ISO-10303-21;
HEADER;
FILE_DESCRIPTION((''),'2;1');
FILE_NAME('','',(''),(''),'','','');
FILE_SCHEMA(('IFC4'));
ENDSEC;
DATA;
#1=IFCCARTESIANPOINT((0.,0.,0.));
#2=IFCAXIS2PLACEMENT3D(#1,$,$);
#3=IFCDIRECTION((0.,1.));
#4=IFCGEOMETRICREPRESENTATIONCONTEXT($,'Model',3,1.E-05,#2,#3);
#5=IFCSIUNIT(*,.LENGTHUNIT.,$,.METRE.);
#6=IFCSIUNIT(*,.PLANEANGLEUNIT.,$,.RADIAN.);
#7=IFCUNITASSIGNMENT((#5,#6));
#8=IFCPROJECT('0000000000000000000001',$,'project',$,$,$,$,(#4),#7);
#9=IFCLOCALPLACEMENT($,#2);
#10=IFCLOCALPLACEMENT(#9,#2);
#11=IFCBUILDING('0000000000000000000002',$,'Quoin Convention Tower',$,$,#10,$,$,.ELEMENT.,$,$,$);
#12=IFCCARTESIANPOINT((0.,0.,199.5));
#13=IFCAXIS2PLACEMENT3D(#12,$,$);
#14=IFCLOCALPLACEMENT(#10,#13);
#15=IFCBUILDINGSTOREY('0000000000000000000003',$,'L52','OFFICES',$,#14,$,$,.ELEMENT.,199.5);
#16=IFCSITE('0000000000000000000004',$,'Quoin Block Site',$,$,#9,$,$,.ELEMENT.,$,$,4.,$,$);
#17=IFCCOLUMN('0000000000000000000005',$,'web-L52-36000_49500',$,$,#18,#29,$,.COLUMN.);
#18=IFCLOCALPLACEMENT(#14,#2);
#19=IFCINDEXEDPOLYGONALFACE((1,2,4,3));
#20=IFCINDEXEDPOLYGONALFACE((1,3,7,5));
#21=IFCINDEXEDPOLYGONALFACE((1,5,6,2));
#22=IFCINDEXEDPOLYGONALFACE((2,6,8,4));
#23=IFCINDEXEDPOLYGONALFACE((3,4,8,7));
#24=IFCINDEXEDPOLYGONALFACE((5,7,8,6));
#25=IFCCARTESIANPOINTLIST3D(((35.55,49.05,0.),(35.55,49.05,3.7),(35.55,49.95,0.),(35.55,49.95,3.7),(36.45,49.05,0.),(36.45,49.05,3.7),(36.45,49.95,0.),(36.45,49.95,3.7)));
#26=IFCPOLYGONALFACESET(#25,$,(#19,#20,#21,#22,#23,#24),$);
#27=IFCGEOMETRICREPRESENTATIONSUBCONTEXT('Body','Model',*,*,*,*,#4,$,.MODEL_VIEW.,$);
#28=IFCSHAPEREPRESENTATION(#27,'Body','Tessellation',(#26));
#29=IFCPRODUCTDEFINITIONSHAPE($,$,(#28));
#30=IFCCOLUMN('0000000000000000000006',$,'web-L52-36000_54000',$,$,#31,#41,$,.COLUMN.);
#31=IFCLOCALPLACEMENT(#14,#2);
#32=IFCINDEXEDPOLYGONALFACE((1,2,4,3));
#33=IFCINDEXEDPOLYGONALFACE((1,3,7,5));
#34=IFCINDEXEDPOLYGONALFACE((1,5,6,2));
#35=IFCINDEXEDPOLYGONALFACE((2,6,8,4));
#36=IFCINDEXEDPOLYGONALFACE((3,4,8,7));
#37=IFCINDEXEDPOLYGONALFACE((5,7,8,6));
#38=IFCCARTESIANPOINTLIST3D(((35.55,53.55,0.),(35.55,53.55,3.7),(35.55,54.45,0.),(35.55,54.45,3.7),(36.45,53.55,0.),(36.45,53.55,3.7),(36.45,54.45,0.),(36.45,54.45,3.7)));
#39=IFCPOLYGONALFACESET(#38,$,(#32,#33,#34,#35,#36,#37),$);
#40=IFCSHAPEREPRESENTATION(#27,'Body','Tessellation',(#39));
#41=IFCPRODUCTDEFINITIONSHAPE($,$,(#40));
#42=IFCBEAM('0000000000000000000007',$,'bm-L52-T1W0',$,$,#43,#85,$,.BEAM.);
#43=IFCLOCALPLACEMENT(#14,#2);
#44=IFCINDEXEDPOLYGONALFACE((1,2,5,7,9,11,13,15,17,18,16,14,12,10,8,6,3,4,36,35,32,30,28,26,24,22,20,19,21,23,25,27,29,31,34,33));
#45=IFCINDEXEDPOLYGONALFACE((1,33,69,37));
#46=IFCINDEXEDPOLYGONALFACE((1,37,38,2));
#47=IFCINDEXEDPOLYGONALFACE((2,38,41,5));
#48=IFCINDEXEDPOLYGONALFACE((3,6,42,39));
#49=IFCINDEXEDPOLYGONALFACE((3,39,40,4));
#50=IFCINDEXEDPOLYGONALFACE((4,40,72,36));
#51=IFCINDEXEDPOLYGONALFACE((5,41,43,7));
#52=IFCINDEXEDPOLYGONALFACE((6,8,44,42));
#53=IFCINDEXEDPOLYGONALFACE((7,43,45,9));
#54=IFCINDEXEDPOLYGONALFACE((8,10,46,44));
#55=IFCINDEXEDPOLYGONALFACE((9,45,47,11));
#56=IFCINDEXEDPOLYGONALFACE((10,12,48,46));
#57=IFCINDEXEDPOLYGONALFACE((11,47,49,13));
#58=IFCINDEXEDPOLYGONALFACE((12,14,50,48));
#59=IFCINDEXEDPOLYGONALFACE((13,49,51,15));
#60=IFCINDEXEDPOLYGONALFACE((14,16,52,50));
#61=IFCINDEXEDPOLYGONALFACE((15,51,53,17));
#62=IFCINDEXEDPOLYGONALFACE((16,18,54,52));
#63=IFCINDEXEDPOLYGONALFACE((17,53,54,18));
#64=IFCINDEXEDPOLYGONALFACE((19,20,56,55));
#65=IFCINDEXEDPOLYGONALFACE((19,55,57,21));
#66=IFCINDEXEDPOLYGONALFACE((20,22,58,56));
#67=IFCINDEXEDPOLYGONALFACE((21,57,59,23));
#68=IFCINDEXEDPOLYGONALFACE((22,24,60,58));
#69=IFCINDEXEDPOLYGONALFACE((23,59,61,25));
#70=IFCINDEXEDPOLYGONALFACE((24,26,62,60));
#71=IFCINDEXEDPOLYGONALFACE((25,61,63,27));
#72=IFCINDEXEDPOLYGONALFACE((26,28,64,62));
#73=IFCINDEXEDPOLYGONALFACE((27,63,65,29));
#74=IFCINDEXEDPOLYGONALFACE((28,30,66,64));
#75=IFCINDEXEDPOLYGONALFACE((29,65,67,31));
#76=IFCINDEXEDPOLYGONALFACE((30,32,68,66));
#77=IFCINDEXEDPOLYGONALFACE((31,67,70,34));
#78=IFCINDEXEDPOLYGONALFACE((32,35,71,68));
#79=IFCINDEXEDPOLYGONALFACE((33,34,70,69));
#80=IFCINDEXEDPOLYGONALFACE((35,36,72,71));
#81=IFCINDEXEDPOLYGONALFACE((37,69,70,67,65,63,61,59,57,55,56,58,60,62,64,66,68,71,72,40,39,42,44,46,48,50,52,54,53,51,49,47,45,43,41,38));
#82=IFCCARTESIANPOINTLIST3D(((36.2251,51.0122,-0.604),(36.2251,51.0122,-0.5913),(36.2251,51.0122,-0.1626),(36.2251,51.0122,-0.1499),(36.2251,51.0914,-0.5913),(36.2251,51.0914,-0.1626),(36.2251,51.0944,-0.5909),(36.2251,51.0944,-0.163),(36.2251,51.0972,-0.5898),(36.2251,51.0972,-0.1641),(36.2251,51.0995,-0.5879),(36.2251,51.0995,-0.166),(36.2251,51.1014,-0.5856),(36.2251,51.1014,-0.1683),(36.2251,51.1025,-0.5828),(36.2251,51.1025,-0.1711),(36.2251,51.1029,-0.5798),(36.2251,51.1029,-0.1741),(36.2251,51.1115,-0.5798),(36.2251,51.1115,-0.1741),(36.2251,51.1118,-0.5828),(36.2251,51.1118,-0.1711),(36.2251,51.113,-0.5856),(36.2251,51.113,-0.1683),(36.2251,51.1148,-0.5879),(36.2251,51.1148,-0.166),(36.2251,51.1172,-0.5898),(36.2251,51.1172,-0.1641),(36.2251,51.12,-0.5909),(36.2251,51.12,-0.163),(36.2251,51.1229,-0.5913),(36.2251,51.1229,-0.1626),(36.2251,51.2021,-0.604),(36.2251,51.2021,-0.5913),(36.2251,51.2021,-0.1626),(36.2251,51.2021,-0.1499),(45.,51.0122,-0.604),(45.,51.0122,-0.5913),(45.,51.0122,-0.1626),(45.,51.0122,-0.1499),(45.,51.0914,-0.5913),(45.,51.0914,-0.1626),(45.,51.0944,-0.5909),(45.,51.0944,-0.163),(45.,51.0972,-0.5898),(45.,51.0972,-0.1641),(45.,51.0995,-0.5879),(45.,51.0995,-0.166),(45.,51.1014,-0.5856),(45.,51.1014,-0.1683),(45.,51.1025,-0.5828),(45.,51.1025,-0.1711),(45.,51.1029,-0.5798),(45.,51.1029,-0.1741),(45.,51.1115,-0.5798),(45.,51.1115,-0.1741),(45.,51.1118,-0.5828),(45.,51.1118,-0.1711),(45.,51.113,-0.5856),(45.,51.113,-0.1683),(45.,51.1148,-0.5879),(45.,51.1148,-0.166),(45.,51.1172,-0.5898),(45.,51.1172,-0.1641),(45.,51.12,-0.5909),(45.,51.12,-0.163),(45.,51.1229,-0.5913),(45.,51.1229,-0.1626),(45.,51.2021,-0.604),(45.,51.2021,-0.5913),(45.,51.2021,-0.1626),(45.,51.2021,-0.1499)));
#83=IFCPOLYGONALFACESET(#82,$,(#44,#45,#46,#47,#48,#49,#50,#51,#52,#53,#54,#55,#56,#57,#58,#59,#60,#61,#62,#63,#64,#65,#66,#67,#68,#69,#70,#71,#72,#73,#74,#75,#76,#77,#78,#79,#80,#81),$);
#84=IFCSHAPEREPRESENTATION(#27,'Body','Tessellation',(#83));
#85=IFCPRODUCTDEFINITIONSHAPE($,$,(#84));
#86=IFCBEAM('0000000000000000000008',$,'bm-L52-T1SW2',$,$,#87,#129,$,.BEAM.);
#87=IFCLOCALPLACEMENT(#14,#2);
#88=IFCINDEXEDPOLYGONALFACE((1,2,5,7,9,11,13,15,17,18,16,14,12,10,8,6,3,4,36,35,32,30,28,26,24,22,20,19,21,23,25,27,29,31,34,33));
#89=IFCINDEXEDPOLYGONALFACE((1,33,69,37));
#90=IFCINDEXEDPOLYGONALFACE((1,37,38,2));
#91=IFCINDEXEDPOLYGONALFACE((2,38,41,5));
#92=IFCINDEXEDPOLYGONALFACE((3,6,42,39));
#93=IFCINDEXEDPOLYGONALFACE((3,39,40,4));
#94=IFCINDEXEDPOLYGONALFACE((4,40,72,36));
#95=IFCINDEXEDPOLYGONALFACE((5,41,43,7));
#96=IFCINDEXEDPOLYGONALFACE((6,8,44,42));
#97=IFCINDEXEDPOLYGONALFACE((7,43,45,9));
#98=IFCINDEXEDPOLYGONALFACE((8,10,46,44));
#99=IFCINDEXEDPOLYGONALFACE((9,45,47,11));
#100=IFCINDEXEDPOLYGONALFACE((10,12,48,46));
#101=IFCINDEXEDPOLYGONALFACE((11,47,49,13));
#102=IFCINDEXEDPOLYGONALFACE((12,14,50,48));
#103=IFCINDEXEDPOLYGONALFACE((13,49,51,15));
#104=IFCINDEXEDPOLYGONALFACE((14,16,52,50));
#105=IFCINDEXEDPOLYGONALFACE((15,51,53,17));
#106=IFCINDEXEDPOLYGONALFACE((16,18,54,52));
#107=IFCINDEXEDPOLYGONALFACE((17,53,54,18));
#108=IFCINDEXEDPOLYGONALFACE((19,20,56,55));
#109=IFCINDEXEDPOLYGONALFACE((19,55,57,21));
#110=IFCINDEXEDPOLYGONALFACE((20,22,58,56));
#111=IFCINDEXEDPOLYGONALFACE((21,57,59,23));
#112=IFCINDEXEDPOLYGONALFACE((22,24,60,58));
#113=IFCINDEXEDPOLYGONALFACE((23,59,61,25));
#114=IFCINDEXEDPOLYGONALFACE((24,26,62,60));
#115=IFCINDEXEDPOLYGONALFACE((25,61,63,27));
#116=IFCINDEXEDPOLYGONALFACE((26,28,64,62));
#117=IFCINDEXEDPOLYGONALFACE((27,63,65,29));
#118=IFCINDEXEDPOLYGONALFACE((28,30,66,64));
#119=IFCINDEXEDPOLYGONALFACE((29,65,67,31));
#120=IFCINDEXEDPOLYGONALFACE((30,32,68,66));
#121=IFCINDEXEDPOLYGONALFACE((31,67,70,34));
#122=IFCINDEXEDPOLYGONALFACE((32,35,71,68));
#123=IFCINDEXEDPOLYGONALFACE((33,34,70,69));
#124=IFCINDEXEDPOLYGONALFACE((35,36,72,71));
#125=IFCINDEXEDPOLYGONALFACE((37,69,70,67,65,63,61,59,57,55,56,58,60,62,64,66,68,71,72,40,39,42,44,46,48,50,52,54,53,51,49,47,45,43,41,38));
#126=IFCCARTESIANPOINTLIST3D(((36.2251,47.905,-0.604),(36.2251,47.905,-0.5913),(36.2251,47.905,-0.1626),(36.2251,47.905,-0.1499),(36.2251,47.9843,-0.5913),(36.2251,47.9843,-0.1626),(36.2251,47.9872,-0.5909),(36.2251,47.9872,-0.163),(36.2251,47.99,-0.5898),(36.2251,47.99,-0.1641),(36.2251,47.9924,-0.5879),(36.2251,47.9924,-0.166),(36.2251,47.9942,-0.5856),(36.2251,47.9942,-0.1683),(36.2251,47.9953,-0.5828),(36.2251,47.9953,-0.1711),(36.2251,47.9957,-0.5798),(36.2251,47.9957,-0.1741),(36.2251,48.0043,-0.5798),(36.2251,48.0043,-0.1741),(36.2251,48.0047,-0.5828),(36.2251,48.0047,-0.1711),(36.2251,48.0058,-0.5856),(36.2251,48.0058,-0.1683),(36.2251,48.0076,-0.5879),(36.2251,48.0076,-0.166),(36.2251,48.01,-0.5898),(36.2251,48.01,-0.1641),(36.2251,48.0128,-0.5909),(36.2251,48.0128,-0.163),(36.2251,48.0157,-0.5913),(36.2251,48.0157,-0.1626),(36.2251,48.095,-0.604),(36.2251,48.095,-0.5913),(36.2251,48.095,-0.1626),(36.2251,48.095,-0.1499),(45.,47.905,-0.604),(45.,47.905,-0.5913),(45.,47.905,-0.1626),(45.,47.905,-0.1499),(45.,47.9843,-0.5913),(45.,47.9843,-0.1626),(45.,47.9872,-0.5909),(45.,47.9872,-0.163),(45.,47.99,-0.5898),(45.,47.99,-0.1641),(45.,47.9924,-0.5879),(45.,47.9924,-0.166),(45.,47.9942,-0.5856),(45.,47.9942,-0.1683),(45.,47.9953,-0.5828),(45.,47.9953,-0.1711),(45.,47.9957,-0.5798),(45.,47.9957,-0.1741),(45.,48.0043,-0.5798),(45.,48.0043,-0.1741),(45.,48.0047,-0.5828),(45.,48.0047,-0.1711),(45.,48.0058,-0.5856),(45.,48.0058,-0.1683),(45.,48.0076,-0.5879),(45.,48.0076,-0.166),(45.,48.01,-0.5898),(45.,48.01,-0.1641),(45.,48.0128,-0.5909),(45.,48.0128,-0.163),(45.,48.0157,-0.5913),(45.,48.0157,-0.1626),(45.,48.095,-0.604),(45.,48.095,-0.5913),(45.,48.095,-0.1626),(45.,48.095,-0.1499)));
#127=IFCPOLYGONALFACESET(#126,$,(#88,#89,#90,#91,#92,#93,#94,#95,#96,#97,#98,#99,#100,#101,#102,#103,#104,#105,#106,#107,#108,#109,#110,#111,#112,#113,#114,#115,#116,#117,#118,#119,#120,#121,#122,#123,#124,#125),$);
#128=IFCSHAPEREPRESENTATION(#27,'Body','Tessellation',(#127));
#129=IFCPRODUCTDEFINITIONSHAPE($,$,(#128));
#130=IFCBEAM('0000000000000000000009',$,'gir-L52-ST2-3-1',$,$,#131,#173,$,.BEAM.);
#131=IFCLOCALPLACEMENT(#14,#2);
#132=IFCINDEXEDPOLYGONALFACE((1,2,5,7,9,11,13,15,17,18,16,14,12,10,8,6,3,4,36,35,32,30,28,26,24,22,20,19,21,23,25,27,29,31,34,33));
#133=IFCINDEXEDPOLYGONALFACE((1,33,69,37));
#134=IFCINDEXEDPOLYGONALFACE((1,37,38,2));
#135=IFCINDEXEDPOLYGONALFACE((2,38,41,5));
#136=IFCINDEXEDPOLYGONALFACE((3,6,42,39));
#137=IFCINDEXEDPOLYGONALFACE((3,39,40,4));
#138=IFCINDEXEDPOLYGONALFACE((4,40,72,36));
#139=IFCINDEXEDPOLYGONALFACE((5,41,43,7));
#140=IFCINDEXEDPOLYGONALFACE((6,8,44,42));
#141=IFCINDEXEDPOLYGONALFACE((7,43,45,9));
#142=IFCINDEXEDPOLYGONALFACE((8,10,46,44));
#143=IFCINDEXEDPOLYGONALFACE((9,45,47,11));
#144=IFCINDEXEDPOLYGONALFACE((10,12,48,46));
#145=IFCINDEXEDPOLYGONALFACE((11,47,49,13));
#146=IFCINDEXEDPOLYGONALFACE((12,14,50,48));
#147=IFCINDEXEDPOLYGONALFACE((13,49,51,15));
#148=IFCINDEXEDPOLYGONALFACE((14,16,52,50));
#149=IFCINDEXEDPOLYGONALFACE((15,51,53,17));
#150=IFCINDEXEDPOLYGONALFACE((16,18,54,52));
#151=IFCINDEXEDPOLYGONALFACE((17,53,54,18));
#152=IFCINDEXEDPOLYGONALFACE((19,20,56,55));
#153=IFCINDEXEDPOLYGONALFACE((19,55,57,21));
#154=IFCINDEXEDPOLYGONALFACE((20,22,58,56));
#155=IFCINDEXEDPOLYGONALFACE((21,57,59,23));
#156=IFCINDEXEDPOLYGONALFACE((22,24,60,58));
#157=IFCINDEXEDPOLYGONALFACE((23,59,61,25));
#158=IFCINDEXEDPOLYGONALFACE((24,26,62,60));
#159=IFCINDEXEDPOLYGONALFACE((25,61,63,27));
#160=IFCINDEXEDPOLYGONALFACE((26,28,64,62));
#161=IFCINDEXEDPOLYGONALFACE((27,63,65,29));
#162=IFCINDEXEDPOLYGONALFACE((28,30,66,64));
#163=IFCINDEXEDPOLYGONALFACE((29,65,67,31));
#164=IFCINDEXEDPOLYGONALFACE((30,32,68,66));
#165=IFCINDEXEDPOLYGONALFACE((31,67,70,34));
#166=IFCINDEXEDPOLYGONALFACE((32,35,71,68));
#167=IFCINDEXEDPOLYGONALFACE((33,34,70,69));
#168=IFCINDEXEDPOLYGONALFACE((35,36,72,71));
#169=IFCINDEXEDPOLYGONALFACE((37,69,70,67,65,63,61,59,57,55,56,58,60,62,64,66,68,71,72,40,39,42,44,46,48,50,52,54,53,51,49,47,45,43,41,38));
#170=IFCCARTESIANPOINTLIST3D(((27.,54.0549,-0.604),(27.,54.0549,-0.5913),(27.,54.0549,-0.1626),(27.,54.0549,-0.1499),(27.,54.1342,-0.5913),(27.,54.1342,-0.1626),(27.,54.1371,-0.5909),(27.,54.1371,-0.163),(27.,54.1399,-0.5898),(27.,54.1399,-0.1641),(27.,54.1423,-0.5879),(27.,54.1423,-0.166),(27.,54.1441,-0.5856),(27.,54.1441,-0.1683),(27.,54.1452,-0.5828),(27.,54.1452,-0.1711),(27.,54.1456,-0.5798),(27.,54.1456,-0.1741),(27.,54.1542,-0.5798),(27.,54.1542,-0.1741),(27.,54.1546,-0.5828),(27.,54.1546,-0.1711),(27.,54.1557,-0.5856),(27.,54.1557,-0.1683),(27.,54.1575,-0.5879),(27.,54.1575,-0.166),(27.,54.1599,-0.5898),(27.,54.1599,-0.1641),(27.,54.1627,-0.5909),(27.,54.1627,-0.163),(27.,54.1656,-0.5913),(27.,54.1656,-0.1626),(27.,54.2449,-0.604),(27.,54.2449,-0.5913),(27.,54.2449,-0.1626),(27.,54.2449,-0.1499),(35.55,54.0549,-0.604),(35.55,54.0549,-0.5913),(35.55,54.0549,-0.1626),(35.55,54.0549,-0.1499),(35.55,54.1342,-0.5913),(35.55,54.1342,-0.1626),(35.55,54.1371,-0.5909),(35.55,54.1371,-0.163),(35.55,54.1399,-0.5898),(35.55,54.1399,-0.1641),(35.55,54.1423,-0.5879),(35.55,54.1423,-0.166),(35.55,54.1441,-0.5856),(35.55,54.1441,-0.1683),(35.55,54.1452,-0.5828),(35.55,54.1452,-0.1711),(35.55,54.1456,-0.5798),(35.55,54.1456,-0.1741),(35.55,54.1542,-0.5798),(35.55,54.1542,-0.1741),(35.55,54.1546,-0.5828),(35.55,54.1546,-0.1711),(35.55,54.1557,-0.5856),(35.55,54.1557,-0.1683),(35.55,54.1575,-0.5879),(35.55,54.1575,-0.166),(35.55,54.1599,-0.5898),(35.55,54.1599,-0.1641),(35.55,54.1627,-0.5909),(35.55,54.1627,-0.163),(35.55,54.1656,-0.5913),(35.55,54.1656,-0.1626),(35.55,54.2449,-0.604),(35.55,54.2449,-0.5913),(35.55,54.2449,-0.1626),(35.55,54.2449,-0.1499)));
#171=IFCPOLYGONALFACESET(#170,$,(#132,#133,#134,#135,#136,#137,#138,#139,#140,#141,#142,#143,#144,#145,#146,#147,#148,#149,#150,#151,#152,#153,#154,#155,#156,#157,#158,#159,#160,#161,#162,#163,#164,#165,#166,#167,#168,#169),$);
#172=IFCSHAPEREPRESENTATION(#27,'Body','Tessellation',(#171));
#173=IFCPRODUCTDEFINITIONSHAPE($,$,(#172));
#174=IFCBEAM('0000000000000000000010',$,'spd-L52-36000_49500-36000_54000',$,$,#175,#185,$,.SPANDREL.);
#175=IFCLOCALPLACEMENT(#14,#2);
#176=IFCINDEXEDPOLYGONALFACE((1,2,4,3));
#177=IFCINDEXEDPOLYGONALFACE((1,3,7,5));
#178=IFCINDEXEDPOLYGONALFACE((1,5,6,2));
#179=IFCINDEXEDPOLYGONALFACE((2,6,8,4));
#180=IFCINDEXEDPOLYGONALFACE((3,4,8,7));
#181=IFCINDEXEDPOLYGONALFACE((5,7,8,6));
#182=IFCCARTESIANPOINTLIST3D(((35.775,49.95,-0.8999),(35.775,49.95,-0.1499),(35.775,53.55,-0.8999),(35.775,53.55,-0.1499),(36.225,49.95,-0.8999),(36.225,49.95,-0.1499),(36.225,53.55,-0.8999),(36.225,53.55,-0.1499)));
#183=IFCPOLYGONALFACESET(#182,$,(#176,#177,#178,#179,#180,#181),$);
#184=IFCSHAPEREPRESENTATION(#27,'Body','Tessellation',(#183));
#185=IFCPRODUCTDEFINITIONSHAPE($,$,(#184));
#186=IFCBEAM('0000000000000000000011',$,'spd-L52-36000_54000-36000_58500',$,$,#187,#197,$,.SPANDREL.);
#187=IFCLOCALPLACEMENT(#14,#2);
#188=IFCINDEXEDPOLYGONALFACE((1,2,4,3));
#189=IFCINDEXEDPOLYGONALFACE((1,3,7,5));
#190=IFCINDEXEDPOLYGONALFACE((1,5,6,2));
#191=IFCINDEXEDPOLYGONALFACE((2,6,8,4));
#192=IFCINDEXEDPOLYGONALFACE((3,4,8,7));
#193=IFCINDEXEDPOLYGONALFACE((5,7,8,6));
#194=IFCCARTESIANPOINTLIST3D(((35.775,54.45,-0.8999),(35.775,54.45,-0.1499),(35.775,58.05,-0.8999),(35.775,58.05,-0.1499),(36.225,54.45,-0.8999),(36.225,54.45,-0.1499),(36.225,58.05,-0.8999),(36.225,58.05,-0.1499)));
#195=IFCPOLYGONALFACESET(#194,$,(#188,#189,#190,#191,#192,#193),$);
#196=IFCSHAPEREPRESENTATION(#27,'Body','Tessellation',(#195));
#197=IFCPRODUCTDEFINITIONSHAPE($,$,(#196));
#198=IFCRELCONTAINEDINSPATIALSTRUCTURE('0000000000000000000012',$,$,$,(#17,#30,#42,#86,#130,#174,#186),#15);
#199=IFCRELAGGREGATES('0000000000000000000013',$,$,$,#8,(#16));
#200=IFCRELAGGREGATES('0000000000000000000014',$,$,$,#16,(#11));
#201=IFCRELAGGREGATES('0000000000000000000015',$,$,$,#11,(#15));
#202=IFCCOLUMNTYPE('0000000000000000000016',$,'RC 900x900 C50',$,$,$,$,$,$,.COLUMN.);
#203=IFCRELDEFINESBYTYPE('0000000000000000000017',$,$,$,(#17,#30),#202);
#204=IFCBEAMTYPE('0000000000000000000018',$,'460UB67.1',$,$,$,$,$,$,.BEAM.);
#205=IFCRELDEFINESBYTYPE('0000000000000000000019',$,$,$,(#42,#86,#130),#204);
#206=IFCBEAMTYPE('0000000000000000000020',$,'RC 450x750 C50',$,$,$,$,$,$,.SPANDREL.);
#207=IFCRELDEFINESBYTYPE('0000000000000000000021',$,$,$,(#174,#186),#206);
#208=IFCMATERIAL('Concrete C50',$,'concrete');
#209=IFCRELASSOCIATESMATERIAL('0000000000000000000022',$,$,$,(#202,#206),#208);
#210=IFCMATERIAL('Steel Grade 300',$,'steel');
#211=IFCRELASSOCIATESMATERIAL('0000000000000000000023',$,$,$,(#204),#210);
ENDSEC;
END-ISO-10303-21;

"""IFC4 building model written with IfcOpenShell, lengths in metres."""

from ifc_helpers import new_model, si_unit, direction, frame, origin, origin_2d, place, context, subcontext, project, spatial, rectangle, i_section, extrude, material, material_profile, profile_set, type_object, element, save


model = new_model("IFC4")

# Units and contexts
model_context = context("Model", 3, precision=1e-05, world=origin(), true_north=direction((0.0, 1.0)))
body_context = subcontext(model_context, "Body", "Model", "MODEL_VIEW")
ifc_project = project(units=[si_unit("LENGTHUNIT", "METRE"), si_unit("PLANEANGLEUNIT", "RADIAN")], contexts=[model_context])

# Site, building, storey
site_placement = place(None, origin())
site = spatial("IfcSite", under=ifc_project, at=site_placement, Name="Quoin Block Site", CompositionType="ELEMENT", RefElevation=4.0)
building_placement = place(site_placement, origin())
building = spatial("IfcBuilding", under=site, at=building_placement, Name="Quoin Convention Tower", CompositionType="ELEMENT")
storey_placement = place(building_placement, frame((0.0, 0.0, 199.5)))
storey = spatial("IfcBuildingStorey", under=building, at=storey_placement, Name="L52", Description="OFFICES", CompositionType="ELEMENT", Elevation=199.5)

# Columns
ifc_material_1 = material(Name="Concrete C50", Category="concrete")
ifc_material_profile_1 = material_profile(ifc_material_1, rectangle(XDim=0.8999, YDim=0.8999, at=origin_2d()), Name="RC 900x900")
ifc_profile_set_1 = profile_set([ifc_material_profile_1], Name="Concrete C50")
column_type = type_object("IfcColumnType", Name="RC 900x900 C50", PredefinedType="COLUMN", material=ifc_profile_set_1)
for number, where, z_axis, x_axis, name in (
    (1, (36.0, 49.5, 0.0), (0.0, 0.0, 1.0), (1.0, 0.0, 0.0), "web-L52-36000_49500"),
    (2, (36.0, 54.0, 0.0), (0.0, 0.0, 1.0), (1.0, 0.0, 0.0), "web-L52-36000_54000"),
):
    element("IfcColumn", number, at=place(storey_placement, frame(where, z_axis=z_axis, x_axis=x_axis)), inside=storey, type_object=column_type, Name=name, PredefinedType="COLUMN", context=body_context, shape_type="SweptSolid", body=[
        extrude(rectangle(XDim=0.8999, YDim=0.8999, at=origin_2d()), origin(), (0.0, 0.0, 1.0), 3.7),
    ])

# Beams
ifc_material_2 = material(Name="Steel Grade 300", Category="steel")
ifc_material_profile_2 = material_profile(ifc_material_2, i_section(OverallWidth=0.1899, OverallDepth=0.4541, WebThickness=0.0085, FlangeThickness=0.0127, FilletRadius=0.0115, at=origin_2d()), Name="460UB67.1")
ifc_profile_set_2 = profile_set([ifc_material_profile_2], Name="Steel Grade 300")
beam_type_1 = type_object("IfcBeamType", Name="460UB67.1", PredefinedType="BEAM", material=ifc_profile_set_2)
for number, where, z_axis, x_axis, name in (
    (3, (36.2251, 51.1072, -0.377), (1.0, 0.0, 0.0), (0.0, 1.0, 0.0), "bm-L52-T1W0"),
    (4, (36.2251, 48.0, -0.377), (1.0, 0.0, 0.0), (0.0, 1.0, 0.0), "bm-L52-T1SW2"),
):
    element("IfcBeam", number, at=place(storey_placement, frame(where, z_axis=z_axis, x_axis=x_axis)), inside=storey, type_object=beam_type_1, Name=name, PredefinedType="BEAM", context=body_context, shape_type="SweptSolid", body=[
        extrude(i_section(OverallWidth=0.1899, OverallDepth=0.4541, WebThickness=0.0085, FlangeThickness=0.0127, FilletRadius=0.0115, at=origin_2d()), origin(), (0.0, 0.0, 1.0), 8.7749),
    ])
beam_placement = place(storey_placement, frame((27.0, 54.1499, -0.377), z_axis=(1.0, 0.0, 0.0), x_axis=(0.0, 1.0, 0.0)))
element("IfcBeam", 5, at=beam_placement, inside=storey, type_object=beam_type_1, Name="gir-L52-ST2-3-1", PredefinedType="BEAM", context=body_context, shape_type="SweptSolid", body=[
    extrude(i_section(OverallWidth=0.1899, OverallDepth=0.4541, WebThickness=0.0085, FlangeThickness=0.0127, FilletRadius=0.0115, at=origin_2d()), origin(), (0.0, 0.0, 1.0), 8.55),
])
ifc_material_profile_3 = material_profile(ifc_material_1, rectangle(XDim=0.45, YDim=0.75, at=origin_2d()), Name="RC 450x750")
ifc_profile_set_3 = profile_set([ifc_material_profile_3], Name="Concrete C50")
beam_type_2 = type_object("IfcBeamType", Name="RC 450x750 C50", PredefinedType="SPANDREL", material=ifc_profile_set_3)
for number, where, z_axis, x_axis, name in (
    (6, (36.0, 49.95, -0.5249), (0.0, 1.0, 0.0), (-1.0, 0.0, 0.0), "spd-L52-36000_49500-36000_54000"),
    (7, (36.0, 54.45, -0.5249), (0.0, 1.0, 0.0), (-1.0, 0.0, 0.0), "spd-L52-36000_54000-36000_58500"),
):
    element("IfcBeam", number, at=place(storey_placement, frame(where, z_axis=z_axis, x_axis=x_axis)), inside=storey, type_object=beam_type_2, Name=name, PredefinedType="SPANDREL", context=body_context, shape_type="SweptSolid", body=[
        extrude(rectangle(XDim=0.45, YDim=0.75, at=origin_2d()), origin(), (0.0, 0.0, 1.0), 3.6001),
    ])

save(model, "model.ifc")
